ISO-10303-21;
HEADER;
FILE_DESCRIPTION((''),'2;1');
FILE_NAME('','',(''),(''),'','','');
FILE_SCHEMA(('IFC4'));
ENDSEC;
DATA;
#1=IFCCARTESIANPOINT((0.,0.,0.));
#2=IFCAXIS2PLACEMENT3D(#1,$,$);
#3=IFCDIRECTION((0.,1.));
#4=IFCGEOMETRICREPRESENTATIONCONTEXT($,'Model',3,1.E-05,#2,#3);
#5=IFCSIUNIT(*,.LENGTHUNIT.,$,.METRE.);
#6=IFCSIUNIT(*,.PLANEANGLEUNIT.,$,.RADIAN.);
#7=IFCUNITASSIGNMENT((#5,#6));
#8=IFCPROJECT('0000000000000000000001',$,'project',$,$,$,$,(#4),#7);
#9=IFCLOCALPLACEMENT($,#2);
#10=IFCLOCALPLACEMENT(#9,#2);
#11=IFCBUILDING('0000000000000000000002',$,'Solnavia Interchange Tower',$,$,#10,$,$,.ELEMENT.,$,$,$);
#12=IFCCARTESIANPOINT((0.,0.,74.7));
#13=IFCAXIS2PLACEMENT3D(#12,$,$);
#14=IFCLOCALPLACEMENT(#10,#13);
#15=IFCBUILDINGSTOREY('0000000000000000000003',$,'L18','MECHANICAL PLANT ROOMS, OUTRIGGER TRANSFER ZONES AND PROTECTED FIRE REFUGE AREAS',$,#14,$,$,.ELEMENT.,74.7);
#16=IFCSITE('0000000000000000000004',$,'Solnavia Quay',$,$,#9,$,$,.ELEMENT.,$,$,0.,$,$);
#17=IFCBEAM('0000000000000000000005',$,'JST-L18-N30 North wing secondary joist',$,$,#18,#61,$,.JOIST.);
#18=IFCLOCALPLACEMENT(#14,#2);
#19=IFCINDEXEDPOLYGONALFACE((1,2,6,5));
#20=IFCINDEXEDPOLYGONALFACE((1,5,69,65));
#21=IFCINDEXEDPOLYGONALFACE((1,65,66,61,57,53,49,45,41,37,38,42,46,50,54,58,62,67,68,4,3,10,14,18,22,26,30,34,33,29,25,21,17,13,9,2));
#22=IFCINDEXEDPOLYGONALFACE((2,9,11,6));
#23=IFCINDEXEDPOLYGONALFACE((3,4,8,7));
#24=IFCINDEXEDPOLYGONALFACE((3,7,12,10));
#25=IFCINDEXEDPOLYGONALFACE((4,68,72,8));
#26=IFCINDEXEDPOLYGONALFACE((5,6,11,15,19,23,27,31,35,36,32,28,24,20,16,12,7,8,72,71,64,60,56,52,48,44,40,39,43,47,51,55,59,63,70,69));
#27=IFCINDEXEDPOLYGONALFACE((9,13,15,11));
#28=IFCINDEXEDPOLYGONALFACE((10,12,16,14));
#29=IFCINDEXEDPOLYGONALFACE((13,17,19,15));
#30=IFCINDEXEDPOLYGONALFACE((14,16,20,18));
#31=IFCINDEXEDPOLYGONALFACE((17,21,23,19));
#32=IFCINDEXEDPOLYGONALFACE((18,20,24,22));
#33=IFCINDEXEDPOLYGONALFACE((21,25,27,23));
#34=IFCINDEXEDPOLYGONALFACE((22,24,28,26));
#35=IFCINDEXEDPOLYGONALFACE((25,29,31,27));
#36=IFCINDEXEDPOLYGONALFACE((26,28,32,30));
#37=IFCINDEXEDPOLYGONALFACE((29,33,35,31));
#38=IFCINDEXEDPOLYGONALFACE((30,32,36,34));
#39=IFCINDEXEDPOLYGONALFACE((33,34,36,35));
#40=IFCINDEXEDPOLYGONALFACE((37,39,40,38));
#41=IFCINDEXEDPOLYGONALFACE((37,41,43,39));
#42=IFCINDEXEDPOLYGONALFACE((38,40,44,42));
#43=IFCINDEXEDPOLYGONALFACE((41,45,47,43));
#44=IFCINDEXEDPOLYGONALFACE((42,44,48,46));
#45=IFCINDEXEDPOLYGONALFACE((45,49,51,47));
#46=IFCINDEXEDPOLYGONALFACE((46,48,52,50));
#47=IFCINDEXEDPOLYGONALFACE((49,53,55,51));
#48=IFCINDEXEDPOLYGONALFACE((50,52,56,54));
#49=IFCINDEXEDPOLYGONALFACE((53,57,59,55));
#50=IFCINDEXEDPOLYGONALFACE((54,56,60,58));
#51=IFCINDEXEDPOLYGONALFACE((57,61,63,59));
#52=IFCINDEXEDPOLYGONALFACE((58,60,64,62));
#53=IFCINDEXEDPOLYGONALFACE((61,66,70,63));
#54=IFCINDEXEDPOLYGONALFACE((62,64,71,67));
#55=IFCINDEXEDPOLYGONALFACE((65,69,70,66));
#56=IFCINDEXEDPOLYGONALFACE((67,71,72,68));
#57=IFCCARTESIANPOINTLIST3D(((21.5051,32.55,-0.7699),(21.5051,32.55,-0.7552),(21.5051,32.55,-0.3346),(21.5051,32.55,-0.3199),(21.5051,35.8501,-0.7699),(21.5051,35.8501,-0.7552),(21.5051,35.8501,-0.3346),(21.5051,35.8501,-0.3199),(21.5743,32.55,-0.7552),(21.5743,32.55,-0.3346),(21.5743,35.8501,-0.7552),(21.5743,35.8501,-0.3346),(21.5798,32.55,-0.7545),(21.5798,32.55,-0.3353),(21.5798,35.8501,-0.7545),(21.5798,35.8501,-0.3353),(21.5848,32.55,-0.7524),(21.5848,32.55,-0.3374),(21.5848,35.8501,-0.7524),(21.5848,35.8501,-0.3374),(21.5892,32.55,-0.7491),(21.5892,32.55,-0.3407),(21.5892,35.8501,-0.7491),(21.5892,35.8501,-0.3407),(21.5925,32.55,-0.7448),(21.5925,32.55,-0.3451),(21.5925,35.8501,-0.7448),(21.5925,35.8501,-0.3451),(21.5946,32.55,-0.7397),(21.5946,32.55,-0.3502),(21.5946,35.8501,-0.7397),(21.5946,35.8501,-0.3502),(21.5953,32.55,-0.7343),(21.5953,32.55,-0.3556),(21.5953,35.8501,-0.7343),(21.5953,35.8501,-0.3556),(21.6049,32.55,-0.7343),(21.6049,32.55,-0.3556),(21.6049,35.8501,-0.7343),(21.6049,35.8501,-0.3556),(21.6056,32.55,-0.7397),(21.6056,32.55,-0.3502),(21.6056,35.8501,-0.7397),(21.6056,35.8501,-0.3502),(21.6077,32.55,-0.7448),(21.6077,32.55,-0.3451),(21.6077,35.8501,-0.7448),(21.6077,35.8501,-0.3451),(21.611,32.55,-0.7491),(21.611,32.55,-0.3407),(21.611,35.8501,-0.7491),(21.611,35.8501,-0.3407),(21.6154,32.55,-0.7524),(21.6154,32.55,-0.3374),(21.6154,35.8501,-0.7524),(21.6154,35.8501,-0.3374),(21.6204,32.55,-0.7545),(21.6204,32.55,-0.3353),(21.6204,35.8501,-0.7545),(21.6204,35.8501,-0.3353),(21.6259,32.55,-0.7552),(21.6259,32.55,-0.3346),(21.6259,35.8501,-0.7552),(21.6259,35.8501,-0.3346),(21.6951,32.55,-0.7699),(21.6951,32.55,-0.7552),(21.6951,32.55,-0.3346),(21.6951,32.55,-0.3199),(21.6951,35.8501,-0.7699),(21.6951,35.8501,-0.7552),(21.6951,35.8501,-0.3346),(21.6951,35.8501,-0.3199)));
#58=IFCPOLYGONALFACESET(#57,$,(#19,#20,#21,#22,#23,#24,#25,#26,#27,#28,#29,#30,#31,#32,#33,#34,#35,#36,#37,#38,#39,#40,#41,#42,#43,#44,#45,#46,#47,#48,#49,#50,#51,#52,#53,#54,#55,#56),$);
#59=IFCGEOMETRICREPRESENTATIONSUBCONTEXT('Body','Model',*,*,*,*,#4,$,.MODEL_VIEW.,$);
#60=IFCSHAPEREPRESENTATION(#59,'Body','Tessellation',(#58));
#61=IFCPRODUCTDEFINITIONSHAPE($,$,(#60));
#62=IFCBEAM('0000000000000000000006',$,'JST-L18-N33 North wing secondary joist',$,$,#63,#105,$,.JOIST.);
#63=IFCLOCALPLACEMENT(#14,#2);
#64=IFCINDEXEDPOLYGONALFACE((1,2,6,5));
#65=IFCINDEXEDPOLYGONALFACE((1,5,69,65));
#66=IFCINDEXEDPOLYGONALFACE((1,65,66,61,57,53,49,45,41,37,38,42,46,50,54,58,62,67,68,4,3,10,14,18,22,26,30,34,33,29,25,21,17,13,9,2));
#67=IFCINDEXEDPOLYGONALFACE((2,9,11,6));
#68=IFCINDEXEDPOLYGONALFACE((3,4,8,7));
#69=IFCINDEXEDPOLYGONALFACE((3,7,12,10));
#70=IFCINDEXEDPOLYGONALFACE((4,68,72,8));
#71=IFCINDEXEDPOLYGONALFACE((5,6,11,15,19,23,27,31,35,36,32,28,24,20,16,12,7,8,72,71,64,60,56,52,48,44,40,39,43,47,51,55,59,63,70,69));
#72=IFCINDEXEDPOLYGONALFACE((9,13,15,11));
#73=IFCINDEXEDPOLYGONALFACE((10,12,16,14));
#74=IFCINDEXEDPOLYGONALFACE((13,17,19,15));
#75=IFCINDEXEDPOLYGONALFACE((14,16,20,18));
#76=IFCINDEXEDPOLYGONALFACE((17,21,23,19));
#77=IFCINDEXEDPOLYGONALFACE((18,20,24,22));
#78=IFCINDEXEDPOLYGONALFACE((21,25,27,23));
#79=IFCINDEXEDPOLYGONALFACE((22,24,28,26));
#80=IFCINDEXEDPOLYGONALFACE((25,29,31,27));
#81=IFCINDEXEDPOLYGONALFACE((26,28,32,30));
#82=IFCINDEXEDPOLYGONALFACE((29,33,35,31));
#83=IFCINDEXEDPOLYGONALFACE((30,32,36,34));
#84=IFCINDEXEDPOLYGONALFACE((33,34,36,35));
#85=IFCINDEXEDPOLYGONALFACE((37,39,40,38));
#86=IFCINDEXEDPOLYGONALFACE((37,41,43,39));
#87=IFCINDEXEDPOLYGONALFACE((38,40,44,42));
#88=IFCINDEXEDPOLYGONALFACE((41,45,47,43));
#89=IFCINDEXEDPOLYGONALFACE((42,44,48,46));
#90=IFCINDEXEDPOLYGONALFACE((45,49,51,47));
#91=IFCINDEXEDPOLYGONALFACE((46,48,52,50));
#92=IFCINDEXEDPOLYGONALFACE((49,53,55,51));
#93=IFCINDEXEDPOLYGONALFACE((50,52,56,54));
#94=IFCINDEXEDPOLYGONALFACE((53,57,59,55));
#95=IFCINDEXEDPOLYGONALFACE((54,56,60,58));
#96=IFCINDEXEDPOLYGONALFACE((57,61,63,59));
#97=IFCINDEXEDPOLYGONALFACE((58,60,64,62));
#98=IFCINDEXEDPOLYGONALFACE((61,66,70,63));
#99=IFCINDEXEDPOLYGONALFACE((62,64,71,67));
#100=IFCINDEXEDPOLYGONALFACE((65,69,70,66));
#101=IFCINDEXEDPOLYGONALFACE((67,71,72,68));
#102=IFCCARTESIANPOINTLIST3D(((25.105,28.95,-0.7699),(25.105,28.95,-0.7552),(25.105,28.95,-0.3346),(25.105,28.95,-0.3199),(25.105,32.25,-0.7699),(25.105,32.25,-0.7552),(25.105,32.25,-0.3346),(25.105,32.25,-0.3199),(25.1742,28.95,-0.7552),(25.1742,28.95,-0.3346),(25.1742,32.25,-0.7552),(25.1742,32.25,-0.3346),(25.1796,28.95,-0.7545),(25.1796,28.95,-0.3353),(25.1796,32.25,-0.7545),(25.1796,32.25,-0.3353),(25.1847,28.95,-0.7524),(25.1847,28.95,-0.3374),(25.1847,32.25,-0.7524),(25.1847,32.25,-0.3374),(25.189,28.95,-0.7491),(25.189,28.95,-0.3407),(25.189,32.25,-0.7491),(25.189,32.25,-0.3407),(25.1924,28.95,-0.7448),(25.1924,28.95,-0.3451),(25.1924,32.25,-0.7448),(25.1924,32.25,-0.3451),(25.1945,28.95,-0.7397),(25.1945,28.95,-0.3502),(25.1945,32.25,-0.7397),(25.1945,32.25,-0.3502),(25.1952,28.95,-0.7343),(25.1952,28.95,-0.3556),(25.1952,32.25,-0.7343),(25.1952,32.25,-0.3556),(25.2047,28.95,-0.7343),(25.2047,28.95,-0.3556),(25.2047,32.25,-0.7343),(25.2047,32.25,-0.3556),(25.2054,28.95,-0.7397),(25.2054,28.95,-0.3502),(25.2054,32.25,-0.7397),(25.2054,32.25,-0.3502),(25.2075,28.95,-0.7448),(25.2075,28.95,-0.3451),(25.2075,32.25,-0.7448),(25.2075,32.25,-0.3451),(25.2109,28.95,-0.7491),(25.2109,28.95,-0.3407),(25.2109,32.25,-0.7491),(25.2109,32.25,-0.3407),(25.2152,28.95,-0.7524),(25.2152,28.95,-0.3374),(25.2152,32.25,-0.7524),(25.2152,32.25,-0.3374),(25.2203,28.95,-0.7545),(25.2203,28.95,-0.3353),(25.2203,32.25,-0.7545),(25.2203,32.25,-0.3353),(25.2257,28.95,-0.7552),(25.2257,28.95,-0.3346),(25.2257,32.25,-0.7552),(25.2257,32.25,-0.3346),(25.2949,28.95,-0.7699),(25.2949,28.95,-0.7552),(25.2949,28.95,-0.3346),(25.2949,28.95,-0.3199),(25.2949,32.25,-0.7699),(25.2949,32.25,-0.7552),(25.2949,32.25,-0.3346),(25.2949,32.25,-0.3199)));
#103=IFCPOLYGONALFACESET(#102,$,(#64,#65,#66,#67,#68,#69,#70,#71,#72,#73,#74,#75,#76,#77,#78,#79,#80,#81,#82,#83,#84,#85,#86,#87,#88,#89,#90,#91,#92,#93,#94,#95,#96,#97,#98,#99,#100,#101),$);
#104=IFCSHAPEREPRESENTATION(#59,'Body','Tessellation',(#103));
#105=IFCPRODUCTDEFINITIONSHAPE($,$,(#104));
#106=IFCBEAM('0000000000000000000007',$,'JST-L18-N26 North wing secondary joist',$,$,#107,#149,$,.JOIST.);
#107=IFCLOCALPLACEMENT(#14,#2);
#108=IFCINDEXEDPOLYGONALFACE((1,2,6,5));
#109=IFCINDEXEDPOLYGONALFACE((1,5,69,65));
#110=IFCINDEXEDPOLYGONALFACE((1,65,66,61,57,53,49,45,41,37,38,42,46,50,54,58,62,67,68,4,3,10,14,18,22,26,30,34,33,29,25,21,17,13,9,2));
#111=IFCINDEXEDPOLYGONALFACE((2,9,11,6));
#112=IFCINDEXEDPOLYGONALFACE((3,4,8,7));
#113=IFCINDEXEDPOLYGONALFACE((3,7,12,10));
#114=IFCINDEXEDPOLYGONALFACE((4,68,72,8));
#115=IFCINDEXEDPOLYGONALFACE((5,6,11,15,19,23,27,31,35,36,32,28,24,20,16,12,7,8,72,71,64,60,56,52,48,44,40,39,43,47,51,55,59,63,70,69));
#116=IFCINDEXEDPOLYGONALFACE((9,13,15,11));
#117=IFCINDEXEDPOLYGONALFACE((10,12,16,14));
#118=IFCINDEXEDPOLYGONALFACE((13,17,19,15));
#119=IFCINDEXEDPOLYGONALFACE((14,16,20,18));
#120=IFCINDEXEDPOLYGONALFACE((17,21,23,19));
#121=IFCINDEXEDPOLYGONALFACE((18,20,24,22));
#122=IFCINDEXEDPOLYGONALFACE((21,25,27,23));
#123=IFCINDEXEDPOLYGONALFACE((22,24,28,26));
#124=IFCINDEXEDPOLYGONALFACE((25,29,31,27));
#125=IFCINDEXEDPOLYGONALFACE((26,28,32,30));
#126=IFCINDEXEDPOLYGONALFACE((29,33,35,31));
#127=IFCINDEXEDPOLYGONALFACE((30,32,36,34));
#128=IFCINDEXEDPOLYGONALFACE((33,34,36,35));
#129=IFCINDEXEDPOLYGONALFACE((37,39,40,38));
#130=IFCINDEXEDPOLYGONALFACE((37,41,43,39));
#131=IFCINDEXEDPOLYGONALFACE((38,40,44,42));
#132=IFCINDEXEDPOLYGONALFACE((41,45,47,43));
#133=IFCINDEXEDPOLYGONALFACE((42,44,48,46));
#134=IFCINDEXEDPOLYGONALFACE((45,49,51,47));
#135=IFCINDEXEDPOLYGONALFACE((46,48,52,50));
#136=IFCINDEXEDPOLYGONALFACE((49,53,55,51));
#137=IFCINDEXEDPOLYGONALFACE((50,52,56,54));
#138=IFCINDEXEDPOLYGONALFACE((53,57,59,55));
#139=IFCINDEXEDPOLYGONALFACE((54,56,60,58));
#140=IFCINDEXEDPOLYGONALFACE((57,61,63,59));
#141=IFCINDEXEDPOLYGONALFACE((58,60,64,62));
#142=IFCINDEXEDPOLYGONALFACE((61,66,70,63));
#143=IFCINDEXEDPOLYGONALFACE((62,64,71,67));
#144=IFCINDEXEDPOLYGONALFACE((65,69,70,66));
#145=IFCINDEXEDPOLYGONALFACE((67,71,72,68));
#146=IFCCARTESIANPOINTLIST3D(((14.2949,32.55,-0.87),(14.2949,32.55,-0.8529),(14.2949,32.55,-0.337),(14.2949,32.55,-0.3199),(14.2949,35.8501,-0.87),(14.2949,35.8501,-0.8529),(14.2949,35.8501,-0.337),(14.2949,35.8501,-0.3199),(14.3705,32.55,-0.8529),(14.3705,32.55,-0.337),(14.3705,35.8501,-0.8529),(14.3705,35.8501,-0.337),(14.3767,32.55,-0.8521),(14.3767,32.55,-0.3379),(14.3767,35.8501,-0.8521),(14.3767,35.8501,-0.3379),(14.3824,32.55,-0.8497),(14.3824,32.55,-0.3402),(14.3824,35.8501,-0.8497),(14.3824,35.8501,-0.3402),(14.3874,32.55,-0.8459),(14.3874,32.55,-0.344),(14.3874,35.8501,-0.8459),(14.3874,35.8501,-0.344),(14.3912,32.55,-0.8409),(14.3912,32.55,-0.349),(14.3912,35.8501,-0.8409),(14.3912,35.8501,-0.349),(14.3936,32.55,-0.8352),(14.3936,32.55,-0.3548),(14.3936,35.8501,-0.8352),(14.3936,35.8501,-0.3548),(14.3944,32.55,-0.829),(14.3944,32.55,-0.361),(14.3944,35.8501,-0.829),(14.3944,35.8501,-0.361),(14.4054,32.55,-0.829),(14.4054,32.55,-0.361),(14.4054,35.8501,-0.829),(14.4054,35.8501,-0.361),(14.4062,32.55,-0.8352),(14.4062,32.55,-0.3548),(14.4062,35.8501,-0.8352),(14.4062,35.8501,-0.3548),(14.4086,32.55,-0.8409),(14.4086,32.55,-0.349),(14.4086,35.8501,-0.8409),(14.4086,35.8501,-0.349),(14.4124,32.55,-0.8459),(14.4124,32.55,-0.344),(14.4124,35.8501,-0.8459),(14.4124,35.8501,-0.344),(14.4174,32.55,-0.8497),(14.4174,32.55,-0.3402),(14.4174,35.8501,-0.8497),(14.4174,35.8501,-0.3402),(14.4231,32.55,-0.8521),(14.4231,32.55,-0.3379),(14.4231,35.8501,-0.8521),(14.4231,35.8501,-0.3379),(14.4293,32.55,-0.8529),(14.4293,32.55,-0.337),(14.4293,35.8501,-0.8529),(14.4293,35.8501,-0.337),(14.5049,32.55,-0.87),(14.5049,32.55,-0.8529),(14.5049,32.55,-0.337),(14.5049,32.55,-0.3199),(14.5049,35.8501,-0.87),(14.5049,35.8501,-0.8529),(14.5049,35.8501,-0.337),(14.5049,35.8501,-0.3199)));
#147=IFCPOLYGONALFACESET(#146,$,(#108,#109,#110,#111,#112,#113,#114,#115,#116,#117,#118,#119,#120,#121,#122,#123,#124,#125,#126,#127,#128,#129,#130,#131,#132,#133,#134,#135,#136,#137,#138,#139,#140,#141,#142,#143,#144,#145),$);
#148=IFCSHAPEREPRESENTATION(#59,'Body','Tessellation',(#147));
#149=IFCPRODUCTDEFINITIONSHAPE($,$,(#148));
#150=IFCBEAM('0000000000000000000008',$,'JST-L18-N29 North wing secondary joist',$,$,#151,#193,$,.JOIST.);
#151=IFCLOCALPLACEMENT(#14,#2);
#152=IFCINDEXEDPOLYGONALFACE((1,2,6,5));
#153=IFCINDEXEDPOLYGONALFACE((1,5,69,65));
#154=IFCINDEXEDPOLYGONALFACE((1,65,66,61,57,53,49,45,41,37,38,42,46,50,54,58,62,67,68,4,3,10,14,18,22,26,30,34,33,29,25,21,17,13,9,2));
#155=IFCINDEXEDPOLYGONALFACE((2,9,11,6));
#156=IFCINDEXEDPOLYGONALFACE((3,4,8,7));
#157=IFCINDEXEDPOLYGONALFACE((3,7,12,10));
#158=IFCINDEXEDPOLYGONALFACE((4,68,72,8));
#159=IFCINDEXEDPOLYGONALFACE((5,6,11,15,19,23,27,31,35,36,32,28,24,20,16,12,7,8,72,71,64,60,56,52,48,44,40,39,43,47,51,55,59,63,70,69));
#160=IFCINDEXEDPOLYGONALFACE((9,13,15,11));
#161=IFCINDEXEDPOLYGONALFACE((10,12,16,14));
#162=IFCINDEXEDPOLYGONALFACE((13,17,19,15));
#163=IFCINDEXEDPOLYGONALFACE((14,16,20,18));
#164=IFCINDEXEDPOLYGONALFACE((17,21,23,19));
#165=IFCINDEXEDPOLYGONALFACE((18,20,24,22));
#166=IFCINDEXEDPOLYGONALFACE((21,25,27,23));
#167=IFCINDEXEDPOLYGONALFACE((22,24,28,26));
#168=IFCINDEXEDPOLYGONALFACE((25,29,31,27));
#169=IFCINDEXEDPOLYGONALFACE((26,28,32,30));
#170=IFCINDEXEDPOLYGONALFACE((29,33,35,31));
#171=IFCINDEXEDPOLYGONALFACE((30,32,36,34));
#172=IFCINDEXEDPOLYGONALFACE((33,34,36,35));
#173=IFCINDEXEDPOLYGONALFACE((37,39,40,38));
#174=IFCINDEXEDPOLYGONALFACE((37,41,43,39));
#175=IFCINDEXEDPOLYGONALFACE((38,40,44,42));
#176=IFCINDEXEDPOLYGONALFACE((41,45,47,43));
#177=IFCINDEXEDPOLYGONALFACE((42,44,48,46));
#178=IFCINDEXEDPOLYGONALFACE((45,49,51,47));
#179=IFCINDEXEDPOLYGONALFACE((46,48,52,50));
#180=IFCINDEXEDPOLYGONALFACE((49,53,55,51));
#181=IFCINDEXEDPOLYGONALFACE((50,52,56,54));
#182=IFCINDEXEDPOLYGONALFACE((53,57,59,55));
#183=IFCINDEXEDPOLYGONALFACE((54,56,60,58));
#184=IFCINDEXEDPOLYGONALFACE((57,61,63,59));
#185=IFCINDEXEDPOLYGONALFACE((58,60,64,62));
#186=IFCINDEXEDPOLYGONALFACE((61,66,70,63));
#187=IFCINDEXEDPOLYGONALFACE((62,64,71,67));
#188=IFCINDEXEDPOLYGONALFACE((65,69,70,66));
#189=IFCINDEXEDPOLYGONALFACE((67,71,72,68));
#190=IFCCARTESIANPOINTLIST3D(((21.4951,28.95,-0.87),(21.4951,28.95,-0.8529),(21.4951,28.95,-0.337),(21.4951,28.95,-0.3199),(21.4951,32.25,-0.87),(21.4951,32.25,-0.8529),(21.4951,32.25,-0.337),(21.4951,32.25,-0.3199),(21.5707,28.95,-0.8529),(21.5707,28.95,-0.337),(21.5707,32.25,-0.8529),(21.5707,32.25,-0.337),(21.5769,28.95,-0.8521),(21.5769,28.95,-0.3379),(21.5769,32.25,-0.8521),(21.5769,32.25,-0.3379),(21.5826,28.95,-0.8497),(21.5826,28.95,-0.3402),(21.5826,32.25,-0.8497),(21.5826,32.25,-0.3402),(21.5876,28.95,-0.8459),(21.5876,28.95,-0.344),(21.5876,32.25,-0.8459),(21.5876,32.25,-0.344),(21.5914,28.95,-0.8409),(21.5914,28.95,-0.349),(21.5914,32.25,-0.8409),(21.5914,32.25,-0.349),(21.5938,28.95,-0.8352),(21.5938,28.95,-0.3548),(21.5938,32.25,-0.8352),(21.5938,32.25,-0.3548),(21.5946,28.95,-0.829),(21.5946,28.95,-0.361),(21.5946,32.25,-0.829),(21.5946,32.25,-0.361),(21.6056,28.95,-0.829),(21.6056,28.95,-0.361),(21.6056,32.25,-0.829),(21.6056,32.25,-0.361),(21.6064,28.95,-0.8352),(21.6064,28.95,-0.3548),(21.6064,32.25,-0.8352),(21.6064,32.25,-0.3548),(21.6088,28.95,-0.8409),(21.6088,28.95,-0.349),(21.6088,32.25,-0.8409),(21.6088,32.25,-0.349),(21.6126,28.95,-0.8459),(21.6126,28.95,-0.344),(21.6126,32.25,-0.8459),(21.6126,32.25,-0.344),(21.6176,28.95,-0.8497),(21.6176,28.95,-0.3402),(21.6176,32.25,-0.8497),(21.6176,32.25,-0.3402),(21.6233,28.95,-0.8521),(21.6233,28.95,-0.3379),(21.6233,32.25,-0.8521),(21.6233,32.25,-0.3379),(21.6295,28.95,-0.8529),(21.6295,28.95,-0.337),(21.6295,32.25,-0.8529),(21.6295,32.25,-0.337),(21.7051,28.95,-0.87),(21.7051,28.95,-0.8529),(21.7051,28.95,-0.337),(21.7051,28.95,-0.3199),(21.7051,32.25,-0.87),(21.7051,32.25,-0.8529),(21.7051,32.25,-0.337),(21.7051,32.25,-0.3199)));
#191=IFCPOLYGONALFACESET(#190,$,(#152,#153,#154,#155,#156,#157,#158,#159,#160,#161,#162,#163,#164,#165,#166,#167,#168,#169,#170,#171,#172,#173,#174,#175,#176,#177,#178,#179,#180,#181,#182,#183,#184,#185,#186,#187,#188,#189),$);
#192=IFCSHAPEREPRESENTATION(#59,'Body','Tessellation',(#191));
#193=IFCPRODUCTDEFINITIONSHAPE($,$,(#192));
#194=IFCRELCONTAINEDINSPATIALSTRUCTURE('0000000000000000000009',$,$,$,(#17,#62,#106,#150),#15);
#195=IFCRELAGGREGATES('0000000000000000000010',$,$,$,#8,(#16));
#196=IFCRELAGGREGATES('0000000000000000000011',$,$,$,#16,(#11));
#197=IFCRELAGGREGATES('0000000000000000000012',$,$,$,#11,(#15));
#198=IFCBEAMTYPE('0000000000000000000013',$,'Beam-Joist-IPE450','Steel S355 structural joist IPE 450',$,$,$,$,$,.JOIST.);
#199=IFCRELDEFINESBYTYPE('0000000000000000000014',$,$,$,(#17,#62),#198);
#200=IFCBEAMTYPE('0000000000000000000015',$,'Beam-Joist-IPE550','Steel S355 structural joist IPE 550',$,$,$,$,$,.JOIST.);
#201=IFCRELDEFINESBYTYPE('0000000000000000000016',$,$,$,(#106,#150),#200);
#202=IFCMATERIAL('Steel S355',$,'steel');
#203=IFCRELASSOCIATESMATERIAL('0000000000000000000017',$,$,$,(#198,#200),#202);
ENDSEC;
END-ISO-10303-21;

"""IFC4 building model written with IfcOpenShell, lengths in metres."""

from ifc_helpers import new_model, si_unit, direction, frame, origin, origin_2d, place, context, subcontext, project, spatial, i_section, extrude, material, material_profile, profile_set, type_object, element, save


model = new_model("IFC4")

# Units and contexts
model_context = context("Model", 3, precision=1e-05, world=origin(), true_north=direction((0.0, 1.0)))
body_context = subcontext(model_context, "Body", "Model", "MODEL_VIEW")
ifc_project = project(units=[si_unit("LENGTHUNIT", "METRE"), si_unit("PLANEANGLEUNIT", "RADIAN")], contexts=[model_context])

# Site, building, storey
site_placement = place(None, origin())
site = spatial("IfcSite", under=ifc_project, at=site_placement, Name="Solnavia Quay", CompositionType="ELEMENT", RefElevation=0.0)
building_placement = place(site_placement, origin())
building = spatial("IfcBuilding", under=site, at=building_placement, Name="Solnavia Interchange Tower", CompositionType="ELEMENT")
storey_placement = place(building_placement, frame((0.0, 0.0, 74.7)))
storey = spatial("IfcBuildingStorey", under=building, at=storey_placement, Name="L18", Description="MECHANICAL PLANT ROOMS, OUTRIGGER TRANSFER ZONES AND PROTECTED FIRE REFUGE AREAS", CompositionType="ELEMENT", Elevation=74.7)

# Shared definitions
ifc_material_1 = material(Name="Steel S355", Category="steel")

# Beams
ifc_material_profile_1 = material_profile(ifc_material_1, i_section(OverallWidth=0.1899, OverallDepth=0.45, WebThickness=0.0095, FlangeThickness=0.0146, FilletRadius=0.021, at=origin_2d()), Name="IPE 450")
ifc_profile_set_1 = profile_set([ifc_material_profile_1], Name="Steel S355")
beam_type_1 = type_object("IfcBeamType", Name="Beam-Joist-IPE450", Description="Steel S355 structural joist IPE 450", PredefinedType="JOIST", material=ifc_profile_set_1)
for number, where, z_axis, x_axis, name in (
    (1, (21.6001, 32.55, -0.5449), (0.0, 1.0, 0.0), (-1.0, 0.0, 0.0), "JST-L18-N30 North wing secondary joist"),
    (2, (25.2, 28.95, -0.5449), (0.0, 1.0, 0.0), (-1.0, 0.0, 0.0), "JST-L18-N33 North wing secondary joist"),
):
    element("IfcBeam", number, at=place(storey_placement, frame(where, z_axis=z_axis, x_axis=x_axis)), inside=storey, type_object=beam_type_1, Name=name, PredefinedType="JOIST", context=body_context, shape_type="SweptSolid", body=[
        extrude(i_section(OverallWidth=0.1899, OverallDepth=0.45, WebThickness=0.0095, FlangeThickness=0.0146, FilletRadius=0.021, at=origin_2d()), origin(), (0.0, 0.0, 1.0), 3.3),
    ])
ifc_material_profile_2 = material_profile(ifc_material_1, i_section(OverallWidth=0.21, OverallDepth=0.55, WebThickness=0.011, FlangeThickness=0.0171, FilletRadius=0.0239, at=origin_2d()), Name="IPE 550")
ifc_profile_set_2 = profile_set([ifc_material_profile_2], Name="Steel S355")
beam_type_2 = type_object("IfcBeamType", Name="Beam-Joist-IPE550", Description="Steel S355 structural joist IPE 550", PredefinedType="JOIST", material=ifc_profile_set_2)
for number, where, z_axis, x_axis, name in (
    (3, (14.3999, 32.55, -0.595), (0.0, 1.0, 0.0), (-1.0, 0.0, 0.0), "JST-L18-N26 North wing secondary joist"),
    (4, (21.6001, 28.95, -0.595), (0.0, 1.0, 0.0), (-1.0, 0.0, 0.0), "JST-L18-N29 North wing secondary joist"),
):
    element("IfcBeam", number, at=place(storey_placement, frame(where, z_axis=z_axis, x_axis=x_axis)), inside=storey, type_object=beam_type_2, Name=name, PredefinedType="JOIST", context=body_context, shape_type="SweptSolid", body=[
        extrude(i_section(OverallWidth=0.21, OverallDepth=0.55, WebThickness=0.011, FlangeThickness=0.0171, FilletRadius=0.0239, at=origin_2d()), origin(), (0.0, 0.0, 1.0), 3.3),
    ])

save(model, "model.ifc")
